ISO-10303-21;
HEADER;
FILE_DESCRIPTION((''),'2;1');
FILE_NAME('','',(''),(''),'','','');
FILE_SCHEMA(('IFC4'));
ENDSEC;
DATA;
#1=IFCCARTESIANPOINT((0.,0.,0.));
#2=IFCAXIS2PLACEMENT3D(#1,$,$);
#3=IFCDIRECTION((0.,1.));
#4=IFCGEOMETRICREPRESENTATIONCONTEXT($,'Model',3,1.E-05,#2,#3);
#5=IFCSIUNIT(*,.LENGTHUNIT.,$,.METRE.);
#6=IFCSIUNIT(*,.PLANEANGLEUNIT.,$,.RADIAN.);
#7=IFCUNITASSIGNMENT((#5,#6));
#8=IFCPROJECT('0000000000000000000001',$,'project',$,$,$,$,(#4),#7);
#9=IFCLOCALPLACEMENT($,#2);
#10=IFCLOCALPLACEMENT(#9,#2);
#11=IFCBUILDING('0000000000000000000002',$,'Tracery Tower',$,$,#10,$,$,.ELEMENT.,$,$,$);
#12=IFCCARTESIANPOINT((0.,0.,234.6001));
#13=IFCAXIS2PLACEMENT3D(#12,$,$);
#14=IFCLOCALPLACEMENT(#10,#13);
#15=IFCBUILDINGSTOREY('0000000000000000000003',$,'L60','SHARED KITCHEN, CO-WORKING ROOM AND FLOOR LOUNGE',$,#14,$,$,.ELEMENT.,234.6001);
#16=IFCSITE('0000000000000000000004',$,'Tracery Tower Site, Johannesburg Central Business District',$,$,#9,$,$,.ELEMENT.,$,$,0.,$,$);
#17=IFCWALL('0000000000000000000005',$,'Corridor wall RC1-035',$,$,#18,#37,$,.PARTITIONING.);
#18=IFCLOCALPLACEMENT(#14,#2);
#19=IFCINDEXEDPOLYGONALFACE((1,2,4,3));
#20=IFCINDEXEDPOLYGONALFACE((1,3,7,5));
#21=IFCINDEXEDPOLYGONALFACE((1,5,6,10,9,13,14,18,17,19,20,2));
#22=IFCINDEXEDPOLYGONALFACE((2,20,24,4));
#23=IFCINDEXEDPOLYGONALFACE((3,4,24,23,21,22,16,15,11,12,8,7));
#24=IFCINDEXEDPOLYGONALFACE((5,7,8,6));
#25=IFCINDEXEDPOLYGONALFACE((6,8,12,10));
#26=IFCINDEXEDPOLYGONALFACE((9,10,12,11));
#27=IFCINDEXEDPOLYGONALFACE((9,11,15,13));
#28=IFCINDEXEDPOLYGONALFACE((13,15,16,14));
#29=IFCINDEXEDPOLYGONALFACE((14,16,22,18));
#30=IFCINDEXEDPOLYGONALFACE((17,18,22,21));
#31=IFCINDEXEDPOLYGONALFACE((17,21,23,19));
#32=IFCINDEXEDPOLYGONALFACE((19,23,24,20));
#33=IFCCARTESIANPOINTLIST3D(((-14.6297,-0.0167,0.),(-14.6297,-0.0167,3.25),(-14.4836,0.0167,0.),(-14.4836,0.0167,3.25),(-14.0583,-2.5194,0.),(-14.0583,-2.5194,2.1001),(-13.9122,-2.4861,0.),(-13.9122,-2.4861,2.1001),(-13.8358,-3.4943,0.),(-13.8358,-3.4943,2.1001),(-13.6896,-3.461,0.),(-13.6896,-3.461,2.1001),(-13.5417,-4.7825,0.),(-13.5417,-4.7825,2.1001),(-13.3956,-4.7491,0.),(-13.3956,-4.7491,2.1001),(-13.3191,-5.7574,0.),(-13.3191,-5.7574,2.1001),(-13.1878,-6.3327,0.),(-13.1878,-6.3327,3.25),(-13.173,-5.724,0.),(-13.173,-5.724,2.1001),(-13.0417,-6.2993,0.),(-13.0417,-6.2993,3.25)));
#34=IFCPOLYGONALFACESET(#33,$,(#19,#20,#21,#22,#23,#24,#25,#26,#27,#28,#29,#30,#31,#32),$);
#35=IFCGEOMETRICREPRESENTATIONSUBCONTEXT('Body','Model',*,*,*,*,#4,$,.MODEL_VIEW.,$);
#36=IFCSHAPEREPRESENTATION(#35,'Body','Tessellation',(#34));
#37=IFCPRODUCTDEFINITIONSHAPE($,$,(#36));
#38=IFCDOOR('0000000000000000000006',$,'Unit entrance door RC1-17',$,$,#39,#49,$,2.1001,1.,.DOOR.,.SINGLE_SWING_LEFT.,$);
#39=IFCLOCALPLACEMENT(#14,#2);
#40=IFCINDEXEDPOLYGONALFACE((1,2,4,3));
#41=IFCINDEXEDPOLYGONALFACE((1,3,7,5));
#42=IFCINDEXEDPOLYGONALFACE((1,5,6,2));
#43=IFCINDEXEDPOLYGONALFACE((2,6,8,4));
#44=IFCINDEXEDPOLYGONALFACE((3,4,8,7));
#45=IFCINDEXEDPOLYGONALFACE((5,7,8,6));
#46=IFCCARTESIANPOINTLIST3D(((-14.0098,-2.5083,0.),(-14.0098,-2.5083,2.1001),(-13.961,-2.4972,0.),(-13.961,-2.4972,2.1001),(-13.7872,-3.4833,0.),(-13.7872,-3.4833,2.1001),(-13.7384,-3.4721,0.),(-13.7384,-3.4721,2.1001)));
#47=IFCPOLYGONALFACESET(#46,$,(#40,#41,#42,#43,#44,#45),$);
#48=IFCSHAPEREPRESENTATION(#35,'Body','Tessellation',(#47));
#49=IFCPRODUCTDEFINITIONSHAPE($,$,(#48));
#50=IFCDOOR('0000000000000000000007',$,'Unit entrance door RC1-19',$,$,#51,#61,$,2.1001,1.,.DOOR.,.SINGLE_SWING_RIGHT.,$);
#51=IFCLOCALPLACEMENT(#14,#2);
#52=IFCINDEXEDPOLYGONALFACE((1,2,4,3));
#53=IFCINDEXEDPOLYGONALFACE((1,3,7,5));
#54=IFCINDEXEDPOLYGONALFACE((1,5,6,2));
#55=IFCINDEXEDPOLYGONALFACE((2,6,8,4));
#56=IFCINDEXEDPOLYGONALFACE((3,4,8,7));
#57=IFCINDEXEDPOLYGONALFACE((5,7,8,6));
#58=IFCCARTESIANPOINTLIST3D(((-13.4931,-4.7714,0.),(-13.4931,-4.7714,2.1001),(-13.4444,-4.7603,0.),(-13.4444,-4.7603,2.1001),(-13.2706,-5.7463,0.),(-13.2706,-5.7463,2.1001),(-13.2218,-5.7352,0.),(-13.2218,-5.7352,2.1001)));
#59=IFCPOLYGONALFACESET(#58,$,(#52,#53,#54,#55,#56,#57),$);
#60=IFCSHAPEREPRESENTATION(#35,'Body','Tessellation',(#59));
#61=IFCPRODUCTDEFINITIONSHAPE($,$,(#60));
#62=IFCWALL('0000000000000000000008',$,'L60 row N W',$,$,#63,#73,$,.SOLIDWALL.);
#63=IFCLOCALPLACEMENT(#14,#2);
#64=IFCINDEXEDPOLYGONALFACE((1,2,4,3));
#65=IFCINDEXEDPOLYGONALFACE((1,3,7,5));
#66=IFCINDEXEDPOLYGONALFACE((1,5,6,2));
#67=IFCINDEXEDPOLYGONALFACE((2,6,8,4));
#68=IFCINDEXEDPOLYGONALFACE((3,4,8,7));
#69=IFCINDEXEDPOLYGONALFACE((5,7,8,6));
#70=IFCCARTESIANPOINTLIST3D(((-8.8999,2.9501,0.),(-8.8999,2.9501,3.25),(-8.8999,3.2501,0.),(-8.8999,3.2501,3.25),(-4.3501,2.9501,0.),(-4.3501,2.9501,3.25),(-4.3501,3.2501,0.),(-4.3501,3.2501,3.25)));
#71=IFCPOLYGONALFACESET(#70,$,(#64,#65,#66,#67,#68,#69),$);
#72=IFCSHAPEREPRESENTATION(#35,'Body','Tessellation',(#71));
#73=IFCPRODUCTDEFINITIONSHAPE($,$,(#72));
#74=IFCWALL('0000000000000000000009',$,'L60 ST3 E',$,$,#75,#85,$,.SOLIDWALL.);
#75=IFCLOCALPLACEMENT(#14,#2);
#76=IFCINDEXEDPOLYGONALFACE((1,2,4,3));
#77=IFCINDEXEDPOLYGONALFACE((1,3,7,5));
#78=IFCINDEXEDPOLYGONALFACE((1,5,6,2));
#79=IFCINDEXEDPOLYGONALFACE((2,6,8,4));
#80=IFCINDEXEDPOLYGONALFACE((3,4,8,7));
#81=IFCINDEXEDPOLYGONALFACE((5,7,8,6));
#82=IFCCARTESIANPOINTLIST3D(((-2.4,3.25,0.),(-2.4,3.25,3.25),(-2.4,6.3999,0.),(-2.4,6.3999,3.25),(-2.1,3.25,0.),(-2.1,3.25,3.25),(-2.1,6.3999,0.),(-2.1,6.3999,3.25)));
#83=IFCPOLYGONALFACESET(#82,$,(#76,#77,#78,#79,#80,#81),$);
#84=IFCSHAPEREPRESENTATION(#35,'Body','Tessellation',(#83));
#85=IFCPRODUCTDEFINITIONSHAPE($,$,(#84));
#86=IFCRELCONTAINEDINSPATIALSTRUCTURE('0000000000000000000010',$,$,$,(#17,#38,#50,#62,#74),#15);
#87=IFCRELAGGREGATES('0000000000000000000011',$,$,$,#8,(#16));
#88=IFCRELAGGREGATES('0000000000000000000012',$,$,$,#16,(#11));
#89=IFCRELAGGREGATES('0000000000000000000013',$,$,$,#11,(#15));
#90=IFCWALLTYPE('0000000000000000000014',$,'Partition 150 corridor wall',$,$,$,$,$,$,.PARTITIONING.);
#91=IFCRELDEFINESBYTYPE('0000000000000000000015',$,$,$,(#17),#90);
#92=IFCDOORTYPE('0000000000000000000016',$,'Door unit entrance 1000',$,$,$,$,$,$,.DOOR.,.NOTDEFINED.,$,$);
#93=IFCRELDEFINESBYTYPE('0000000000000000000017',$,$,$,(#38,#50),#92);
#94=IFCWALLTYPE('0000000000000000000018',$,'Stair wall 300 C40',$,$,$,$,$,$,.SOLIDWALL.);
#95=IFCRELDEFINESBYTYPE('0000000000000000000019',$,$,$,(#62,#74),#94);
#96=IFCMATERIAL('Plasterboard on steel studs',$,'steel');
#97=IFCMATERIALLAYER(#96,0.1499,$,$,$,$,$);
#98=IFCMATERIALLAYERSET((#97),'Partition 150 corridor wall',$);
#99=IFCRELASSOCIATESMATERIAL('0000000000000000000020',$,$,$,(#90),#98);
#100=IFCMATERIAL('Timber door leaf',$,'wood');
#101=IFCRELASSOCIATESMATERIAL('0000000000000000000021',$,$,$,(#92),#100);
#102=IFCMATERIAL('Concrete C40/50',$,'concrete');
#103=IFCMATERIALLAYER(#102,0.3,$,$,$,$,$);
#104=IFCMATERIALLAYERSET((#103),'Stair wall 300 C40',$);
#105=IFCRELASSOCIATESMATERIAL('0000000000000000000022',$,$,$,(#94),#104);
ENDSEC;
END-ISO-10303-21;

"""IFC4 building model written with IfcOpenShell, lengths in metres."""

from ifc_helpers import new_model, si_unit, direction, frame, frame_2d, origin, place, context, subcontext, project, spatial, rectangle, extrude, material, layer, layer_set, type_object, element, fill, save


model = new_model("IFC4")

# Units and contexts
model_context = context("Model", 3, precision=1e-05, world=origin(), true_north=direction((0.0, 1.0)))
body_context = subcontext(model_context, "Body", "Model", "MODEL_VIEW")
ifc_project = project(units=[si_unit("LENGTHUNIT", "METRE"), si_unit("PLANEANGLEUNIT", "RADIAN")], contexts=[model_context])

# Site, building, storey
site_placement = place(None, origin())
site = spatial("IfcSite", under=ifc_project, at=site_placement, Name="Tracery Tower Site, Johannesburg Central Business District", CompositionType="ELEMENT", RefElevation=0.0)
building_placement = place(site_placement, origin())
building = spatial("IfcBuilding", under=site, at=building_placement, Name="Tracery Tower", CompositionType="ELEMENT")
storey_placement = place(building_placement, frame((0.0, 0.0, 234.6001)))
storey = spatial("IfcBuildingStorey", under=building, at=storey_placement, Name="L60", Description="SHARED KITCHEN, CO-WORKING ROOM AND FLOOR LOUNGE", CompositionType="ELEMENT", Elevation=234.6001)

# Shared definitions
ifc_material_1 = material(Name="Plasterboard on steel studs", Category="steel")
ifc_layer_1 = layer(ifc_material_1, 0.1499)
ifc_layer_set_1 = layer_set([ifc_layer_1], Name="Partition 150 corridor wall")
wall_type_1 = type_object("IfcWallType", Name="Partition 150 corridor wall", PredefinedType="PARTITIONING", material=ifc_layer_set_1)
ifc_material_2 = material(Name="Timber door leaf", Category="wood")
door_type_1 = type_object("IfcDoorType", Name="Door unit entrance 1000", OperationType="NOTDEFINED", PredefinedType="DOOR", material=ifc_material_2)

# Wall, openings, doors
wall_1_placement = place(storey_placement, frame((-14.5566, 0.0, 0.0), z_axis=(0.0, 0.0, 1.0), x_axis=(0.222569, -0.974917, 0.0)))
wall_1 = element("IfcWall", 1, at=wall_1_placement, inside=storey, type_object=wall_type_1, Name="Corridor wall RC1-035", PredefinedType="PARTITIONING", context=body_context, shape_type="SweptSolid", body=[
    extrude(rectangle(XDim=6.4785, YDim=0.1499, at=frame_2d((3.2393, 0.0))), origin(), (0.0, 0.0, 1.0), 3.25),
])
opening_1_placement = place(wall_1_placement, frame((2.5671, 0.0, 0.0)))
opening_1 = element("IfcOpeningElement", 2, at=opening_1_placement, cuts=wall_1, PredefinedType="OPENING", context=body_context, shape_type="SweptSolid", body=[
    extrude(rectangle(XDim=1.0, YDim=2.1001, at=frame_2d((0.5, 1.05))), frame((0.0, 0.075, 0.0), z_axis=(0.0, -1.0, 0.0), x_axis=(1.0, 0.0, 0.0)), (0.0, 0.0, 1.0), 0.1499),
])
opening_2_placement = place(wall_1_placement, frame((4.8884, 0.0, 0.0)))
opening_2 = element("IfcOpeningElement", 3, at=opening_2_placement, cuts=wall_1, PredefinedType="OPENING", context=body_context, shape_type="SweptSolid", body=[
    extrude(rectangle(XDim=1.0, YDim=2.1001, at=frame_2d((0.5, 1.05))), frame((0.0, 0.075, 0.0), z_axis=(0.0, -1.0, 0.0), x_axis=(1.0, 0.0, 0.0)), (0.0, 0.0, 1.0), 0.1499),
])
door_1_placement = place(opening_1_placement, origin())
door_1 = element("IfcDoor", 4, at=door_1_placement, inside=storey, type_object=door_type_1, Name="Unit entrance door RC1-17", OperationType="SINGLE_SWING_LEFT", OverallHeight=2.1001, OverallWidth=1.0, PredefinedType="DOOR", context=body_context, shape_type="SweptSolid", body=[
    extrude(rectangle(XDim=1.0, YDim=2.1001, at=frame_2d((0.5, 1.05))), frame((0.0, 0.0249, 0.0), z_axis=(0.0, -1.0, 0.0), x_axis=(1.0, 0.0, 0.0)), (0.0, 0.0, 1.0), 0.05),
])
fill(opening_1, door_1)
door_2_placement = place(opening_2_placement, origin())
door_2 = element("IfcDoor", 5, at=door_2_placement, inside=storey, type_object=door_type_1, Name="Unit entrance door RC1-19", OperationType="SINGLE_SWING_RIGHT", OverallHeight=2.1001, OverallWidth=1.0, PredefinedType="DOOR", context=body_context, shape_type="SweptSolid", body=[
    extrude(rectangle(XDim=1.0, YDim=2.1001, at=frame_2d((0.5, 1.05))), frame((0.0, 0.0249, 0.0), z_axis=(0.0, -1.0, 0.0), x_axis=(1.0, 0.0, 0.0)), (0.0, 0.0, 1.0), 0.05),
])
fill(opening_2, door_2)

# Wall
ifc_material_3 = material(Name="Concrete C40/50", Category="concrete")
ifc_layer_2 = layer(ifc_material_3, 0.3)
ifc_layer_set_2 = layer_set([ifc_layer_2], Name="Stair wall 300 C40")
wall_type_2 = type_object("IfcWallType", Name="Stair wall 300 C40", PredefinedType="SOLIDWALL", material=ifc_layer_set_2)
wall_2_placement = place(storey_placement, frame((-8.8999, 3.1001, 0.0), z_axis=(0.0, 0.0, 1.0), x_axis=(1.0, 0.0, 0.0)))
element("IfcWall", 6, at=wall_2_placement, inside=storey, type_object=wall_type_2, Name="L60 row N W", PredefinedType="SOLIDWALL", context=body_context, shape_type="SweptSolid", body=[
    extrude(rectangle(XDim=4.5498, YDim=0.3, at=frame_2d((2.2749, 0.0))), origin(), (0.0, 0.0, 1.0), 3.25),
])

# Wall
wall_3_placement = place(storey_placement, frame((-2.25, 3.25, 0.0), z_axis=(0.0, 0.0, 1.0), x_axis=(0.0, 1.0, 0.0)))
element("IfcWall", 7, at=wall_3_placement, inside=storey, type_object=wall_type_2, Name="L60 ST3 E", PredefinedType="SOLIDWALL", context=body_context, shape_type="SweptSolid", body=[
    extrude(rectangle(XDim=3.1499, YDim=0.3, at=frame_2d((1.575, 0.0))), origin(), (0.0, 0.0, 1.0), 3.25),
])

save(model, "model.ifc")
